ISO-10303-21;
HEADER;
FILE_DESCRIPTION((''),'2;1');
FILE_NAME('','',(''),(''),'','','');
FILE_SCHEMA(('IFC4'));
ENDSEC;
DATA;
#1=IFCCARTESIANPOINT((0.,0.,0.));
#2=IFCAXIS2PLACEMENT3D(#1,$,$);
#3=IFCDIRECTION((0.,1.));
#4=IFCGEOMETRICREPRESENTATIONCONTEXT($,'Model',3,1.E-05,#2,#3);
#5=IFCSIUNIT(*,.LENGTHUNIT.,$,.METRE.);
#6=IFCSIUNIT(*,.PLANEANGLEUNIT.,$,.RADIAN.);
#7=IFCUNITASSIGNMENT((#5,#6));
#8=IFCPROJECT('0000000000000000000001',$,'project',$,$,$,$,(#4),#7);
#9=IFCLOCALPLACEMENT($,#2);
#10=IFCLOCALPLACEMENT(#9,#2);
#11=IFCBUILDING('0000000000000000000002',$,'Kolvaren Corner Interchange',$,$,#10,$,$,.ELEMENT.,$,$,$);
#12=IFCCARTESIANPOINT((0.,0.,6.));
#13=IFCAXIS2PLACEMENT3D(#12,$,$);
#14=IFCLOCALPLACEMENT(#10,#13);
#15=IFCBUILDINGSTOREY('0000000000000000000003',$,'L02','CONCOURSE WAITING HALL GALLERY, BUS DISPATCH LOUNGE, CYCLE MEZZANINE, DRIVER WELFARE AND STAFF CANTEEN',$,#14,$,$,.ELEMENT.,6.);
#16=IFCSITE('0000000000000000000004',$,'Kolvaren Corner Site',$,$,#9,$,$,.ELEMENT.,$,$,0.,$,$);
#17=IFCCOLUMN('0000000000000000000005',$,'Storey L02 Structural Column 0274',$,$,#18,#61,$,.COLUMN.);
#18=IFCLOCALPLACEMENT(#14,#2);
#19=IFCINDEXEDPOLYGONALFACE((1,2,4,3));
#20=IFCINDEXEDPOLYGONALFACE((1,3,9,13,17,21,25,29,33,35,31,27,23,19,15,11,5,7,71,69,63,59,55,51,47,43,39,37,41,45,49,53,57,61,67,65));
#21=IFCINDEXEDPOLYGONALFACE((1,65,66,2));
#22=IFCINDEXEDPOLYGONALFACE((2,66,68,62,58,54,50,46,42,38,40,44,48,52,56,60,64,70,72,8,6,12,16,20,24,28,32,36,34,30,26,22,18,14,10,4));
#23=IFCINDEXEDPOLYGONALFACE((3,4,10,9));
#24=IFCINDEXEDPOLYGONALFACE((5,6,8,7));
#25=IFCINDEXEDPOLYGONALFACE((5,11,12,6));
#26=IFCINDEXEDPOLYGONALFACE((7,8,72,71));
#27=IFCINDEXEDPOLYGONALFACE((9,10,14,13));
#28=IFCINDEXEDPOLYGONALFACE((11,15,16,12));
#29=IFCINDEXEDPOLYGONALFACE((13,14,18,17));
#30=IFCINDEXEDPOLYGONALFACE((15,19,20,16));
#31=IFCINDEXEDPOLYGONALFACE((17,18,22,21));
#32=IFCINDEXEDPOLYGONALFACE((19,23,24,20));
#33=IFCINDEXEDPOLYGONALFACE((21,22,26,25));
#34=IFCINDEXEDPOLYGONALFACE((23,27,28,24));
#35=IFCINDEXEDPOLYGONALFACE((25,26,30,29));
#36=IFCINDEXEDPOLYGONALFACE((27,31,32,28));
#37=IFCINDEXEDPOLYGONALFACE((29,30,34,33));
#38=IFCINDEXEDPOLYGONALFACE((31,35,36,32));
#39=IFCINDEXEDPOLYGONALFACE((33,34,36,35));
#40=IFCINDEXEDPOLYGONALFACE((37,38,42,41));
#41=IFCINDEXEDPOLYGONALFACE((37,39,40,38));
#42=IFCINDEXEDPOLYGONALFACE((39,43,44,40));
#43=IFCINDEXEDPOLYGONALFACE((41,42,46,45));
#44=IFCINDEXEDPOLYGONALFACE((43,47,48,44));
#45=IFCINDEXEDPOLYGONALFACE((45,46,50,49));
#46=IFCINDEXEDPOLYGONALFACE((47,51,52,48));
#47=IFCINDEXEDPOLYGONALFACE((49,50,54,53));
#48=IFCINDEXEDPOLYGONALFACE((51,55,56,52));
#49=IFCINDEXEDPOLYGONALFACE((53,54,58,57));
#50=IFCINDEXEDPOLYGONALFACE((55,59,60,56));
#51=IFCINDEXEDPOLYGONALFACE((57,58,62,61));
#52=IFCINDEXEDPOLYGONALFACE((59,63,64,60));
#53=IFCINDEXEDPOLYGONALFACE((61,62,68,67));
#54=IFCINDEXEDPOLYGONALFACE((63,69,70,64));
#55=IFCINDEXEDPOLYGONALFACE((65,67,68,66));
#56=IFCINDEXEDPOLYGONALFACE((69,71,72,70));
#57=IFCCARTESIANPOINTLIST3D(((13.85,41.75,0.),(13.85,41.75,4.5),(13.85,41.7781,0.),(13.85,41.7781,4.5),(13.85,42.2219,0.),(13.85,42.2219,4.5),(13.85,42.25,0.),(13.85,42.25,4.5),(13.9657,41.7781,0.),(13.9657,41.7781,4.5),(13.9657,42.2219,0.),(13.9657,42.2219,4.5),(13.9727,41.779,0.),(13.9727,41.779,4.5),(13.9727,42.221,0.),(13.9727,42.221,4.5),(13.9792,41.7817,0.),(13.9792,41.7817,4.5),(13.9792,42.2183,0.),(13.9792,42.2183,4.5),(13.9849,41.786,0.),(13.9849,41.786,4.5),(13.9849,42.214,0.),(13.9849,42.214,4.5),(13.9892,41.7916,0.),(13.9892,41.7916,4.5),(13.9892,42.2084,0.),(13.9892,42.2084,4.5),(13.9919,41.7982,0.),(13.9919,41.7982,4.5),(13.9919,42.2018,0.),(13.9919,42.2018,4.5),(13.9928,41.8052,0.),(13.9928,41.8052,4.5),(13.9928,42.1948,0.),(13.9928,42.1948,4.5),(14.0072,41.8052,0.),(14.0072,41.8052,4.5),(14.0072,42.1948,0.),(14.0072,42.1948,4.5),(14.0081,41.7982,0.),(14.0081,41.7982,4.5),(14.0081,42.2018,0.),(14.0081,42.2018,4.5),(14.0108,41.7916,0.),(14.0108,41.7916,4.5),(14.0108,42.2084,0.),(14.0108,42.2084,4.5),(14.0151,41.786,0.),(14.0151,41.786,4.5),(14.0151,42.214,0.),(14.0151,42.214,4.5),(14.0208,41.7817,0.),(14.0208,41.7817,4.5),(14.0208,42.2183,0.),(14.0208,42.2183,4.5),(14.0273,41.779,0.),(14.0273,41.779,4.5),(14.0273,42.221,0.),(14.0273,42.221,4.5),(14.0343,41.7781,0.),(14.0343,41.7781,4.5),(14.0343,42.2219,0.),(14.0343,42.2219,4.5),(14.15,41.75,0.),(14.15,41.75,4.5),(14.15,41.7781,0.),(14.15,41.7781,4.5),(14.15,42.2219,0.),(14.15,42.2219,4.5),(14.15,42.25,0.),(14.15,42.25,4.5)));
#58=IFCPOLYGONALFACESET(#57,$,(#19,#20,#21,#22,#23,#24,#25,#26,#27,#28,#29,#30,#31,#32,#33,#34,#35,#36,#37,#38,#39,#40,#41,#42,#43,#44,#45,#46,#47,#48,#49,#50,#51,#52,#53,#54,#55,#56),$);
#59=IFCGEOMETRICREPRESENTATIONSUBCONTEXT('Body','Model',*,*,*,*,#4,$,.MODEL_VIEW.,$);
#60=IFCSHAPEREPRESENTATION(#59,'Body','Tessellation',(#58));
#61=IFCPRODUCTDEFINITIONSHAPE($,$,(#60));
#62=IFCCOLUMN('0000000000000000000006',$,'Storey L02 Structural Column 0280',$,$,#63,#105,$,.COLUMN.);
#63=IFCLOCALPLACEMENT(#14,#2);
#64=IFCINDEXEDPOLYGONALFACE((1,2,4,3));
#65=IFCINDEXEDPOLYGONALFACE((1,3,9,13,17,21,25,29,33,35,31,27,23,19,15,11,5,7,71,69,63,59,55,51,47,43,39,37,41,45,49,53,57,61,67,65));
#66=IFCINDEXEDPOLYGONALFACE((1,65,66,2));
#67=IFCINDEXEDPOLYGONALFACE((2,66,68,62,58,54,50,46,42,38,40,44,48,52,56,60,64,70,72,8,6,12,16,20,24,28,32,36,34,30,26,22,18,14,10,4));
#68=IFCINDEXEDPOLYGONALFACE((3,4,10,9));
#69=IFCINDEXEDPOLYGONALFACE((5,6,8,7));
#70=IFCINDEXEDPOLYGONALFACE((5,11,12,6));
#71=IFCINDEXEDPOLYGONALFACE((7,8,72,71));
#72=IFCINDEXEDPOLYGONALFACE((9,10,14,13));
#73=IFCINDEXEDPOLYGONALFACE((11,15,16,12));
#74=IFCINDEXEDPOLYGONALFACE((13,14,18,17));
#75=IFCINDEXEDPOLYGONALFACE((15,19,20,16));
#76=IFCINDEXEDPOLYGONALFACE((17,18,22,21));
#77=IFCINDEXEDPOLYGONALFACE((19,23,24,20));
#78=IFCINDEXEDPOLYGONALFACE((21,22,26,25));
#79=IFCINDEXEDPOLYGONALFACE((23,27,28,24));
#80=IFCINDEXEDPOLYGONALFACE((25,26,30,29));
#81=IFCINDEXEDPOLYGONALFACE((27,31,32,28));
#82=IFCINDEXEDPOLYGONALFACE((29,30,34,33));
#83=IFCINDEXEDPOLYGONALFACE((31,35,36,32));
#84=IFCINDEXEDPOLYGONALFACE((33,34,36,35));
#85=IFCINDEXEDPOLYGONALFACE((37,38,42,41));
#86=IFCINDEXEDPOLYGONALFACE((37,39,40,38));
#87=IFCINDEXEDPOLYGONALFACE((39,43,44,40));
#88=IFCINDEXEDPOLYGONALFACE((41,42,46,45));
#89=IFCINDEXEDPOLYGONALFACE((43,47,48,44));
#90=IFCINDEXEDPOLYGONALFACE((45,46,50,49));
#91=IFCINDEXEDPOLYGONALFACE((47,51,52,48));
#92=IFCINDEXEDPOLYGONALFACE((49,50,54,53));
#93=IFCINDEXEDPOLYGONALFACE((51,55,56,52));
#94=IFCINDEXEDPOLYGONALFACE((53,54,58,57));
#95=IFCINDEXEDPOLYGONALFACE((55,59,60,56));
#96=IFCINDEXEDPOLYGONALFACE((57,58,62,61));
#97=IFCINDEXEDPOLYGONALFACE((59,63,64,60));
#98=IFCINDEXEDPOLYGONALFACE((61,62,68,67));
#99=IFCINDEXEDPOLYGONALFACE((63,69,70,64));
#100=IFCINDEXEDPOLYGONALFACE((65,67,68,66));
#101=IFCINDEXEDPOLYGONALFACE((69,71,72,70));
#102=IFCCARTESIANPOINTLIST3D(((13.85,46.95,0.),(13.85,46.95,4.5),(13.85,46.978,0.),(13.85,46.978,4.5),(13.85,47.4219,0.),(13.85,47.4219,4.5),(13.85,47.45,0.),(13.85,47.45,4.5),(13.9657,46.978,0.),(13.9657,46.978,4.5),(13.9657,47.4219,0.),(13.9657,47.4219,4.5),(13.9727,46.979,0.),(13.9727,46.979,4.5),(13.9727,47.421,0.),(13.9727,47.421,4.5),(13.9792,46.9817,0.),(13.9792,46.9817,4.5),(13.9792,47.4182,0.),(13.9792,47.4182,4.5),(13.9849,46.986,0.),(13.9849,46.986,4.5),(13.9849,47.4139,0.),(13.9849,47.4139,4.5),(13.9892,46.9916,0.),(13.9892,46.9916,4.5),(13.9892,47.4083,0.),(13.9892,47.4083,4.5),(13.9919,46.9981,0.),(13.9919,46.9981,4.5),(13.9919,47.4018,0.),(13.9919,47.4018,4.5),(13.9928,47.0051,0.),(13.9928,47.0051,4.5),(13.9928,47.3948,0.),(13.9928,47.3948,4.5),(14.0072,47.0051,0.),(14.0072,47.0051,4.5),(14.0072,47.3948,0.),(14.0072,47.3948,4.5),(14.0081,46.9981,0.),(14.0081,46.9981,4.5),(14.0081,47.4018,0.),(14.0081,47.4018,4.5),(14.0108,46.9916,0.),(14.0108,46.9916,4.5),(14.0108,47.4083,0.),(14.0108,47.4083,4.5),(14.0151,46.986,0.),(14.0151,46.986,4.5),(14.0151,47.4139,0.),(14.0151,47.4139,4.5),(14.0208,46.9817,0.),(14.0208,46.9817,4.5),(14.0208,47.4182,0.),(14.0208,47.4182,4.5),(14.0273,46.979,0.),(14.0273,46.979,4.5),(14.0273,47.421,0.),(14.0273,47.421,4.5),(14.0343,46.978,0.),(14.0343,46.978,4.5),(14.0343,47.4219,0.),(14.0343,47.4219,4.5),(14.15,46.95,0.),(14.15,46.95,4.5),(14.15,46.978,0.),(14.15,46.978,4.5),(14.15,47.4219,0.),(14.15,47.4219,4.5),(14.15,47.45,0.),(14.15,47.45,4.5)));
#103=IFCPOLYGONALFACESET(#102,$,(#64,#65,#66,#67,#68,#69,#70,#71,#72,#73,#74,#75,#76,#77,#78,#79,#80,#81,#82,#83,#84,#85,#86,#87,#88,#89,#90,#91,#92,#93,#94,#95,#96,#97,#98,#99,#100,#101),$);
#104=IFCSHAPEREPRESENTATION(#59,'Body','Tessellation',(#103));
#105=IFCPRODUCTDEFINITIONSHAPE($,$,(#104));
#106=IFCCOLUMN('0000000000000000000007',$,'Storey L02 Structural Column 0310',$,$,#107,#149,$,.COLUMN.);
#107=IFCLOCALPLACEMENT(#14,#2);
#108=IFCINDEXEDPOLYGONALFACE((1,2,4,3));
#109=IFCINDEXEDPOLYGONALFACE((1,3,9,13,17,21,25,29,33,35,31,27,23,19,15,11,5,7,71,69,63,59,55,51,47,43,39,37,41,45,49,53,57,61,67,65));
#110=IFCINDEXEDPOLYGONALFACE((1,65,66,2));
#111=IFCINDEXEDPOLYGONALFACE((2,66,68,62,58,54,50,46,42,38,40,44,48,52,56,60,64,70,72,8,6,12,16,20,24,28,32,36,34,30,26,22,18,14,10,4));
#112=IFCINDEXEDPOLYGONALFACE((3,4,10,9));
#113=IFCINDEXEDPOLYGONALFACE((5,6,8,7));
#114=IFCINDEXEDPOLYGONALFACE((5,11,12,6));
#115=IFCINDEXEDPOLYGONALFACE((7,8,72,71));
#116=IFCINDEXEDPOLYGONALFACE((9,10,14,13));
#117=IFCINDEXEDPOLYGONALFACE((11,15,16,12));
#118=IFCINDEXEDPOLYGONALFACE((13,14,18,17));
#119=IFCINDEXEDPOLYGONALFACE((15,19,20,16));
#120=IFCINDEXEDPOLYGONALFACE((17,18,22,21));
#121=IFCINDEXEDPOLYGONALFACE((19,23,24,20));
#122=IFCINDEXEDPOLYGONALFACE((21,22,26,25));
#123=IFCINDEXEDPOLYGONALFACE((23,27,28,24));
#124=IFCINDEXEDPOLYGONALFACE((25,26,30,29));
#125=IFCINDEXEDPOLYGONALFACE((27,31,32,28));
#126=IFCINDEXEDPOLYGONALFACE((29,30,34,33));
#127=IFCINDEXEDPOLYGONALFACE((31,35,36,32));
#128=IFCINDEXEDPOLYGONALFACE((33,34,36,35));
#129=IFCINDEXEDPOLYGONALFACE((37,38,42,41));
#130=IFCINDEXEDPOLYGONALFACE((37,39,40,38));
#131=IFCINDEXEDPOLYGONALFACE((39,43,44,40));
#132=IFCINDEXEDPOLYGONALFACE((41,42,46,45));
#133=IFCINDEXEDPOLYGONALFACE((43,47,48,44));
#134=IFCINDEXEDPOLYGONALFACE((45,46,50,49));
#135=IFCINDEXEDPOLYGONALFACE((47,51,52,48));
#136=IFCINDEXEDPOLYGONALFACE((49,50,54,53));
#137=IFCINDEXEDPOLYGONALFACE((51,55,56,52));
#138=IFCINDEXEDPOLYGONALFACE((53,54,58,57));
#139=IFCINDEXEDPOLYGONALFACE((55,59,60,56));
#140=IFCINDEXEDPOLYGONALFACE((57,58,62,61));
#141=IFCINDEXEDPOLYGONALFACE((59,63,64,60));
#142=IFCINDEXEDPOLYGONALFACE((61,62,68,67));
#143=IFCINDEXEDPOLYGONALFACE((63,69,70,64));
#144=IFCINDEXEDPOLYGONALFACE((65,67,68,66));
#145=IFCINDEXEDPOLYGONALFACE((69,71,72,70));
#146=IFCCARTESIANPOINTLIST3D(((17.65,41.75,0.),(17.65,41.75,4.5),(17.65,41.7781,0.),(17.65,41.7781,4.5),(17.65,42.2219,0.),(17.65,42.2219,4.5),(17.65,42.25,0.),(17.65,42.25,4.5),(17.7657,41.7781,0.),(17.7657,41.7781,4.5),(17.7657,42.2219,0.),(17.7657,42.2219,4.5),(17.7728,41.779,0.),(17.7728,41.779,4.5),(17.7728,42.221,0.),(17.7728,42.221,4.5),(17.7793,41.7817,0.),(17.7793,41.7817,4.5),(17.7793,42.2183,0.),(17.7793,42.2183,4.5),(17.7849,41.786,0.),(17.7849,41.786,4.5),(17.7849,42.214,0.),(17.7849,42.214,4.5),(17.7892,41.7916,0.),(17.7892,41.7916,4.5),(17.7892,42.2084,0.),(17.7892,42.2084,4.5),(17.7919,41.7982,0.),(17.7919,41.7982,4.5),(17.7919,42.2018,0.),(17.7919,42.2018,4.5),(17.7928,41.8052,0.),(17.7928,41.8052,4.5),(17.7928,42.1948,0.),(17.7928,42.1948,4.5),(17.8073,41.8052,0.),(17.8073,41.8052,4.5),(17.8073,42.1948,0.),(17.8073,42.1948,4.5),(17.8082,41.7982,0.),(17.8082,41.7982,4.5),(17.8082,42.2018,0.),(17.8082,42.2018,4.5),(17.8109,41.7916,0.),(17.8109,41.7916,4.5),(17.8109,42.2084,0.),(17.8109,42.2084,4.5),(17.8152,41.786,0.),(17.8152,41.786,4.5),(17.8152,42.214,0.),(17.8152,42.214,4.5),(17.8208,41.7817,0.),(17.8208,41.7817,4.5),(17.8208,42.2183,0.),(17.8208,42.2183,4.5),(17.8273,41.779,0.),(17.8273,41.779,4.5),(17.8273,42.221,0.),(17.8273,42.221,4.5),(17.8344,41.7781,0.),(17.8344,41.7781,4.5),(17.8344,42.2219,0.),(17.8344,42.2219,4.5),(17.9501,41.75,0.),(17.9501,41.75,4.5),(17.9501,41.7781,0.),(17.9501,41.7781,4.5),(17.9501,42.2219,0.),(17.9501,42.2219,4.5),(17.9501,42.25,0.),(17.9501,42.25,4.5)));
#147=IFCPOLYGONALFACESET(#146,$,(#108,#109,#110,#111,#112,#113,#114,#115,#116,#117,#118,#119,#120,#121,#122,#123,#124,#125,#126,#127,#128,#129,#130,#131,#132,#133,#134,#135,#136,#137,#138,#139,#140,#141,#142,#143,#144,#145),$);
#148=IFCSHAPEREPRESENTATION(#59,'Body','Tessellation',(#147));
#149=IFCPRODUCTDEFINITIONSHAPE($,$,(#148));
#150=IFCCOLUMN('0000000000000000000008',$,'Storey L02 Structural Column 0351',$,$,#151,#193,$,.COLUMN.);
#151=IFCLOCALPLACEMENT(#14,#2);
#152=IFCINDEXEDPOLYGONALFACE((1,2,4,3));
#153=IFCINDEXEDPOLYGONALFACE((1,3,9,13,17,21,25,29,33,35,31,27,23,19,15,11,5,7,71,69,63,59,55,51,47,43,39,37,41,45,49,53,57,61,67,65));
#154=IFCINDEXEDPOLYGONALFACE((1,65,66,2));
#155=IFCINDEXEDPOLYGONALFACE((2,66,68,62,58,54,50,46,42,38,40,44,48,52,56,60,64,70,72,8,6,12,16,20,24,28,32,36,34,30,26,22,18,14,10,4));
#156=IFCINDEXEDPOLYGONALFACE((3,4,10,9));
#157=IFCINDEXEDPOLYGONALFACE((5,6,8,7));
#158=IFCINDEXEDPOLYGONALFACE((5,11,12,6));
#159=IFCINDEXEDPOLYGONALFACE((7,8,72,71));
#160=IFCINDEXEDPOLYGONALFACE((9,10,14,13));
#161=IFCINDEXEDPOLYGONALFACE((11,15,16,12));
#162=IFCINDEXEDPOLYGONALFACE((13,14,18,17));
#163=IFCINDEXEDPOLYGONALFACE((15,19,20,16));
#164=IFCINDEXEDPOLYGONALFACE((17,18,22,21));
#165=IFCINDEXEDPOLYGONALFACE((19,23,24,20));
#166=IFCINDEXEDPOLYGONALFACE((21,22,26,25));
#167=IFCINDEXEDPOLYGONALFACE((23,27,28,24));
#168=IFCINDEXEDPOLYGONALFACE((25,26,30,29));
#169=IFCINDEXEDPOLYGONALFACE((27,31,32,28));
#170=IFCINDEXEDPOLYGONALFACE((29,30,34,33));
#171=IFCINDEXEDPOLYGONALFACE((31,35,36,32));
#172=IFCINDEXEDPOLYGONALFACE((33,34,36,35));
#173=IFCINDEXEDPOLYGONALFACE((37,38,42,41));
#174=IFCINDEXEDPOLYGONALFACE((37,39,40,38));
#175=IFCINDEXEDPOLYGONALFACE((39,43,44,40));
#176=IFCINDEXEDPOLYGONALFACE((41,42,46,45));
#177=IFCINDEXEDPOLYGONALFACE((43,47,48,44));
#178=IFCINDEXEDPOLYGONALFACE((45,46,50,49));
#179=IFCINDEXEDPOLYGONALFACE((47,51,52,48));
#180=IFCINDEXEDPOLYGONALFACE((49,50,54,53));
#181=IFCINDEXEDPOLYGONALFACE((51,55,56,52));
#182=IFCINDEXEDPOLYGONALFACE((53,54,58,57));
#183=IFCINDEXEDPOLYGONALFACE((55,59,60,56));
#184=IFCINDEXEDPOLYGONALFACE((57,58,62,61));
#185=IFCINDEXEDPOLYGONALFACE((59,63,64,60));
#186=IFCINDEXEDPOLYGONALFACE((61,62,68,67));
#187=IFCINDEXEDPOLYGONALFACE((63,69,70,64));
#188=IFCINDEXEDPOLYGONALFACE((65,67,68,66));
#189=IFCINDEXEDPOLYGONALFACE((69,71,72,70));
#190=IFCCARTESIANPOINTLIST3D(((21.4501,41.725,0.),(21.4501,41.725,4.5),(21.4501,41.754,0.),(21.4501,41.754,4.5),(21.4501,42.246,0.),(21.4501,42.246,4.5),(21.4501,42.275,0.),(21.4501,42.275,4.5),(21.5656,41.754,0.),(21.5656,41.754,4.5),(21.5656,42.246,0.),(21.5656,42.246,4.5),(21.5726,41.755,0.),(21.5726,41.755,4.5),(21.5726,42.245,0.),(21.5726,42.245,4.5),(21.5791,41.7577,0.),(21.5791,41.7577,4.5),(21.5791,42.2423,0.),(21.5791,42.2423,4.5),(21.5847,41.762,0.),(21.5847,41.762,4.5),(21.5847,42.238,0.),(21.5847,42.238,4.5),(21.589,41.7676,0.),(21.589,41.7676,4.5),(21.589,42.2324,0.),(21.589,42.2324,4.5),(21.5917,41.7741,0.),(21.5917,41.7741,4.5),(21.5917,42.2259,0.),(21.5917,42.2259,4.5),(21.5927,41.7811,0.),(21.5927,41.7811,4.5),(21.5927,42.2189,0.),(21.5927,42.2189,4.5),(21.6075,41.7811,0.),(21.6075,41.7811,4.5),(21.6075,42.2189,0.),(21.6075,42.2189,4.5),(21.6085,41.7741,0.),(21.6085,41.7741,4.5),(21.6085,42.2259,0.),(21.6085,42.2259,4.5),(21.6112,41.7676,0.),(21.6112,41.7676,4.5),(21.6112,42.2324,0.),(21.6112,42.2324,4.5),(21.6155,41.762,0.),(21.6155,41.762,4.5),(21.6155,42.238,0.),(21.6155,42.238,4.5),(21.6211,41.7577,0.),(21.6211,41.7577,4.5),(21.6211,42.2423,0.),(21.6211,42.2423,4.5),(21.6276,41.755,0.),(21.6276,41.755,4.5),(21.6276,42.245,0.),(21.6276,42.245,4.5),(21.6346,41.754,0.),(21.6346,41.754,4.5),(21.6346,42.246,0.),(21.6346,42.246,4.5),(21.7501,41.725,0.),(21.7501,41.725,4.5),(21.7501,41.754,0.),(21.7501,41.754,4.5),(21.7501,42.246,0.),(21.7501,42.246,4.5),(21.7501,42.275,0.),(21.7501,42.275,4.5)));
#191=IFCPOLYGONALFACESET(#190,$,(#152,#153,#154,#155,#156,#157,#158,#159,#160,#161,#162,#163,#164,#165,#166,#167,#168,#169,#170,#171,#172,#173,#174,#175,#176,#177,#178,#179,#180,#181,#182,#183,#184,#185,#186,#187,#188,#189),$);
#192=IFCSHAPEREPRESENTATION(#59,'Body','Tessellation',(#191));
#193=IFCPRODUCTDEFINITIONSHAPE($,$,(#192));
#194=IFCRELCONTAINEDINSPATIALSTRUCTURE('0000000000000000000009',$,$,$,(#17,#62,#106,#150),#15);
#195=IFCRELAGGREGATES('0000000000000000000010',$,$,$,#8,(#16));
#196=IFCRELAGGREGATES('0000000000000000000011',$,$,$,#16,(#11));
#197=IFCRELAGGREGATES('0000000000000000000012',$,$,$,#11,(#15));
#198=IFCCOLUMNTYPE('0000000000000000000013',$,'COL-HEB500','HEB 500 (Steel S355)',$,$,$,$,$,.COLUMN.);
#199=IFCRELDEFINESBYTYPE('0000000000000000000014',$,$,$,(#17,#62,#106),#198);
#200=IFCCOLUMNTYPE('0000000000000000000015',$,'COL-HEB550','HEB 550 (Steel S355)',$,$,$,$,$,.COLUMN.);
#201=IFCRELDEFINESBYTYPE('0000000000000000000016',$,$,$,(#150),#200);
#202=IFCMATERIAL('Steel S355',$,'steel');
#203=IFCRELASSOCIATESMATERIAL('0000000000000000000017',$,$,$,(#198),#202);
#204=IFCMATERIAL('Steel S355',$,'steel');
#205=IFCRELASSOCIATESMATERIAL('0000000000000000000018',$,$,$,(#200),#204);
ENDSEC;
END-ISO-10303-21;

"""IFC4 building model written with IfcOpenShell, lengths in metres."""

from ifc_helpers import new_model, si_unit, direction, frame, origin, origin_2d, place, context, subcontext, project, spatial, i_section, extrude, material, material_profile, profile_set, type_object, element, save


model = new_model("IFC4")

# Units and contexts
model_context = context("Model", 3, precision=1e-05, world=origin(), true_north=direction((0.0, 1.0)))
body_context = subcontext(model_context, "Body", "Model", "MODEL_VIEW")
ifc_project = project(units=[si_unit("LENGTHUNIT", "METRE"), si_unit("PLANEANGLEUNIT", "RADIAN")], contexts=[model_context])

# Site, building, storey
site_placement = place(None, origin())
site = spatial("IfcSite", under=ifc_project, at=site_placement, Name="Kolvaren Corner Site", CompositionType="ELEMENT", RefElevation=0.0)
building_placement = place(site_placement, origin())
building = spatial("IfcBuilding", under=site, at=building_placement, Name="Kolvaren Corner Interchange", CompositionType="ELEMENT")
storey_placement = place(building_placement, frame((0.0, 0.0, 6.0)))
storey = spatial("IfcBuildingStorey", under=building, at=storey_placement, Name="L02", Description="CONCOURSE WAITING HALL GALLERY, BUS DISPATCH LOUNGE, CYCLE MEZZANINE, DRIVER WELFARE AND STAFF CANTEEN", CompositionType="ELEMENT", Elevation=6.0)

# Columns
ifc_material_1 = material(Name="Steel S355", Category="steel")
ifc_material_profile_1 = material_profile(ifc_material_1, i_section(OverallWidth=0.3, OverallDepth=0.5, WebThickness=0.0144, FlangeThickness=0.0281, FilletRadius=0.0271, at=origin_2d()), Name="HEB 500")
ifc_profile_set_1 = profile_set([ifc_material_profile_1], Name="Steel S355")
column_type_1 = type_object("IfcColumnType", Name="COL-HEB500", Description="HEB 500 (Steel S355)", PredefinedType="COLUMN", material=ifc_profile_set_1)
for number, where, z_axis, x_axis, name in (
    (1, (14.0, 42.0, 0.0), (0.0, 0.0, 1.0), (1.0, 0.0, 0.0), "Storey L02 Structural Column 0274"),
    (2, (14.0, 47.2, 0.0), (0.0, 0.0, 1.0), (1.0, 0.0, 0.0), "Storey L02 Structural Column 0280"),
    (3, (17.8, 42.0, 0.0), (0.0, 0.0, 1.0), (1.0, 0.0, 0.0), "Storey L02 Structural Column 0310"),
):
    element("IfcColumn", number, at=place(storey_placement, frame(where, z_axis=z_axis, x_axis=x_axis)), inside=storey, type_object=column_type_1, Name=name, PredefinedType="COLUMN", context=body_context, shape_type="SweptSolid", body=[
        extrude(i_section(OverallWidth=0.3, OverallDepth=0.5, WebThickness=0.0144, FlangeThickness=0.0281, FilletRadius=0.0271, at=origin_2d()), origin(), (0.0, 0.0, 1.0), 4.5),
    ])
ifc_material_2 = material(Name="Steel S355", Category="steel")
ifc_material_profile_2 = material_profile(ifc_material_2, i_section(OverallWidth=0.3, OverallDepth=0.55, WebThickness=0.0149, FlangeThickness=0.0291, FilletRadius=0.0271, at=origin_2d()), Name="HEB 550")
ifc_profile_set_2 = profile_set([ifc_material_profile_2], Name="Steel S355")
column_type_2 = type_object("IfcColumnType", Name="COL-HEB550", Description="HEB 550 (Steel S355)", PredefinedType="COLUMN", material=ifc_profile_set_2)
column_placement = place(storey_placement, frame((21.6001, 42.0, 0.0), z_axis=(0.0, 0.0, 1.0), x_axis=(1.0, 0.0, 0.0)))
element("IfcColumn", 4, at=column_placement, inside=storey, type_object=column_type_2, Name="Storey L02 Structural Column 0351", PredefinedType="COLUMN", context=body_context, shape_type="SweptSolid", body=[
    extrude(i_section(OverallWidth=0.3, OverallDepth=0.55, WebThickness=0.0149, FlangeThickness=0.0291, FilletRadius=0.0271, at=origin_2d()), origin(), (0.0, 0.0, 1.0), 4.5),
])

save(model, "model.ifc")
